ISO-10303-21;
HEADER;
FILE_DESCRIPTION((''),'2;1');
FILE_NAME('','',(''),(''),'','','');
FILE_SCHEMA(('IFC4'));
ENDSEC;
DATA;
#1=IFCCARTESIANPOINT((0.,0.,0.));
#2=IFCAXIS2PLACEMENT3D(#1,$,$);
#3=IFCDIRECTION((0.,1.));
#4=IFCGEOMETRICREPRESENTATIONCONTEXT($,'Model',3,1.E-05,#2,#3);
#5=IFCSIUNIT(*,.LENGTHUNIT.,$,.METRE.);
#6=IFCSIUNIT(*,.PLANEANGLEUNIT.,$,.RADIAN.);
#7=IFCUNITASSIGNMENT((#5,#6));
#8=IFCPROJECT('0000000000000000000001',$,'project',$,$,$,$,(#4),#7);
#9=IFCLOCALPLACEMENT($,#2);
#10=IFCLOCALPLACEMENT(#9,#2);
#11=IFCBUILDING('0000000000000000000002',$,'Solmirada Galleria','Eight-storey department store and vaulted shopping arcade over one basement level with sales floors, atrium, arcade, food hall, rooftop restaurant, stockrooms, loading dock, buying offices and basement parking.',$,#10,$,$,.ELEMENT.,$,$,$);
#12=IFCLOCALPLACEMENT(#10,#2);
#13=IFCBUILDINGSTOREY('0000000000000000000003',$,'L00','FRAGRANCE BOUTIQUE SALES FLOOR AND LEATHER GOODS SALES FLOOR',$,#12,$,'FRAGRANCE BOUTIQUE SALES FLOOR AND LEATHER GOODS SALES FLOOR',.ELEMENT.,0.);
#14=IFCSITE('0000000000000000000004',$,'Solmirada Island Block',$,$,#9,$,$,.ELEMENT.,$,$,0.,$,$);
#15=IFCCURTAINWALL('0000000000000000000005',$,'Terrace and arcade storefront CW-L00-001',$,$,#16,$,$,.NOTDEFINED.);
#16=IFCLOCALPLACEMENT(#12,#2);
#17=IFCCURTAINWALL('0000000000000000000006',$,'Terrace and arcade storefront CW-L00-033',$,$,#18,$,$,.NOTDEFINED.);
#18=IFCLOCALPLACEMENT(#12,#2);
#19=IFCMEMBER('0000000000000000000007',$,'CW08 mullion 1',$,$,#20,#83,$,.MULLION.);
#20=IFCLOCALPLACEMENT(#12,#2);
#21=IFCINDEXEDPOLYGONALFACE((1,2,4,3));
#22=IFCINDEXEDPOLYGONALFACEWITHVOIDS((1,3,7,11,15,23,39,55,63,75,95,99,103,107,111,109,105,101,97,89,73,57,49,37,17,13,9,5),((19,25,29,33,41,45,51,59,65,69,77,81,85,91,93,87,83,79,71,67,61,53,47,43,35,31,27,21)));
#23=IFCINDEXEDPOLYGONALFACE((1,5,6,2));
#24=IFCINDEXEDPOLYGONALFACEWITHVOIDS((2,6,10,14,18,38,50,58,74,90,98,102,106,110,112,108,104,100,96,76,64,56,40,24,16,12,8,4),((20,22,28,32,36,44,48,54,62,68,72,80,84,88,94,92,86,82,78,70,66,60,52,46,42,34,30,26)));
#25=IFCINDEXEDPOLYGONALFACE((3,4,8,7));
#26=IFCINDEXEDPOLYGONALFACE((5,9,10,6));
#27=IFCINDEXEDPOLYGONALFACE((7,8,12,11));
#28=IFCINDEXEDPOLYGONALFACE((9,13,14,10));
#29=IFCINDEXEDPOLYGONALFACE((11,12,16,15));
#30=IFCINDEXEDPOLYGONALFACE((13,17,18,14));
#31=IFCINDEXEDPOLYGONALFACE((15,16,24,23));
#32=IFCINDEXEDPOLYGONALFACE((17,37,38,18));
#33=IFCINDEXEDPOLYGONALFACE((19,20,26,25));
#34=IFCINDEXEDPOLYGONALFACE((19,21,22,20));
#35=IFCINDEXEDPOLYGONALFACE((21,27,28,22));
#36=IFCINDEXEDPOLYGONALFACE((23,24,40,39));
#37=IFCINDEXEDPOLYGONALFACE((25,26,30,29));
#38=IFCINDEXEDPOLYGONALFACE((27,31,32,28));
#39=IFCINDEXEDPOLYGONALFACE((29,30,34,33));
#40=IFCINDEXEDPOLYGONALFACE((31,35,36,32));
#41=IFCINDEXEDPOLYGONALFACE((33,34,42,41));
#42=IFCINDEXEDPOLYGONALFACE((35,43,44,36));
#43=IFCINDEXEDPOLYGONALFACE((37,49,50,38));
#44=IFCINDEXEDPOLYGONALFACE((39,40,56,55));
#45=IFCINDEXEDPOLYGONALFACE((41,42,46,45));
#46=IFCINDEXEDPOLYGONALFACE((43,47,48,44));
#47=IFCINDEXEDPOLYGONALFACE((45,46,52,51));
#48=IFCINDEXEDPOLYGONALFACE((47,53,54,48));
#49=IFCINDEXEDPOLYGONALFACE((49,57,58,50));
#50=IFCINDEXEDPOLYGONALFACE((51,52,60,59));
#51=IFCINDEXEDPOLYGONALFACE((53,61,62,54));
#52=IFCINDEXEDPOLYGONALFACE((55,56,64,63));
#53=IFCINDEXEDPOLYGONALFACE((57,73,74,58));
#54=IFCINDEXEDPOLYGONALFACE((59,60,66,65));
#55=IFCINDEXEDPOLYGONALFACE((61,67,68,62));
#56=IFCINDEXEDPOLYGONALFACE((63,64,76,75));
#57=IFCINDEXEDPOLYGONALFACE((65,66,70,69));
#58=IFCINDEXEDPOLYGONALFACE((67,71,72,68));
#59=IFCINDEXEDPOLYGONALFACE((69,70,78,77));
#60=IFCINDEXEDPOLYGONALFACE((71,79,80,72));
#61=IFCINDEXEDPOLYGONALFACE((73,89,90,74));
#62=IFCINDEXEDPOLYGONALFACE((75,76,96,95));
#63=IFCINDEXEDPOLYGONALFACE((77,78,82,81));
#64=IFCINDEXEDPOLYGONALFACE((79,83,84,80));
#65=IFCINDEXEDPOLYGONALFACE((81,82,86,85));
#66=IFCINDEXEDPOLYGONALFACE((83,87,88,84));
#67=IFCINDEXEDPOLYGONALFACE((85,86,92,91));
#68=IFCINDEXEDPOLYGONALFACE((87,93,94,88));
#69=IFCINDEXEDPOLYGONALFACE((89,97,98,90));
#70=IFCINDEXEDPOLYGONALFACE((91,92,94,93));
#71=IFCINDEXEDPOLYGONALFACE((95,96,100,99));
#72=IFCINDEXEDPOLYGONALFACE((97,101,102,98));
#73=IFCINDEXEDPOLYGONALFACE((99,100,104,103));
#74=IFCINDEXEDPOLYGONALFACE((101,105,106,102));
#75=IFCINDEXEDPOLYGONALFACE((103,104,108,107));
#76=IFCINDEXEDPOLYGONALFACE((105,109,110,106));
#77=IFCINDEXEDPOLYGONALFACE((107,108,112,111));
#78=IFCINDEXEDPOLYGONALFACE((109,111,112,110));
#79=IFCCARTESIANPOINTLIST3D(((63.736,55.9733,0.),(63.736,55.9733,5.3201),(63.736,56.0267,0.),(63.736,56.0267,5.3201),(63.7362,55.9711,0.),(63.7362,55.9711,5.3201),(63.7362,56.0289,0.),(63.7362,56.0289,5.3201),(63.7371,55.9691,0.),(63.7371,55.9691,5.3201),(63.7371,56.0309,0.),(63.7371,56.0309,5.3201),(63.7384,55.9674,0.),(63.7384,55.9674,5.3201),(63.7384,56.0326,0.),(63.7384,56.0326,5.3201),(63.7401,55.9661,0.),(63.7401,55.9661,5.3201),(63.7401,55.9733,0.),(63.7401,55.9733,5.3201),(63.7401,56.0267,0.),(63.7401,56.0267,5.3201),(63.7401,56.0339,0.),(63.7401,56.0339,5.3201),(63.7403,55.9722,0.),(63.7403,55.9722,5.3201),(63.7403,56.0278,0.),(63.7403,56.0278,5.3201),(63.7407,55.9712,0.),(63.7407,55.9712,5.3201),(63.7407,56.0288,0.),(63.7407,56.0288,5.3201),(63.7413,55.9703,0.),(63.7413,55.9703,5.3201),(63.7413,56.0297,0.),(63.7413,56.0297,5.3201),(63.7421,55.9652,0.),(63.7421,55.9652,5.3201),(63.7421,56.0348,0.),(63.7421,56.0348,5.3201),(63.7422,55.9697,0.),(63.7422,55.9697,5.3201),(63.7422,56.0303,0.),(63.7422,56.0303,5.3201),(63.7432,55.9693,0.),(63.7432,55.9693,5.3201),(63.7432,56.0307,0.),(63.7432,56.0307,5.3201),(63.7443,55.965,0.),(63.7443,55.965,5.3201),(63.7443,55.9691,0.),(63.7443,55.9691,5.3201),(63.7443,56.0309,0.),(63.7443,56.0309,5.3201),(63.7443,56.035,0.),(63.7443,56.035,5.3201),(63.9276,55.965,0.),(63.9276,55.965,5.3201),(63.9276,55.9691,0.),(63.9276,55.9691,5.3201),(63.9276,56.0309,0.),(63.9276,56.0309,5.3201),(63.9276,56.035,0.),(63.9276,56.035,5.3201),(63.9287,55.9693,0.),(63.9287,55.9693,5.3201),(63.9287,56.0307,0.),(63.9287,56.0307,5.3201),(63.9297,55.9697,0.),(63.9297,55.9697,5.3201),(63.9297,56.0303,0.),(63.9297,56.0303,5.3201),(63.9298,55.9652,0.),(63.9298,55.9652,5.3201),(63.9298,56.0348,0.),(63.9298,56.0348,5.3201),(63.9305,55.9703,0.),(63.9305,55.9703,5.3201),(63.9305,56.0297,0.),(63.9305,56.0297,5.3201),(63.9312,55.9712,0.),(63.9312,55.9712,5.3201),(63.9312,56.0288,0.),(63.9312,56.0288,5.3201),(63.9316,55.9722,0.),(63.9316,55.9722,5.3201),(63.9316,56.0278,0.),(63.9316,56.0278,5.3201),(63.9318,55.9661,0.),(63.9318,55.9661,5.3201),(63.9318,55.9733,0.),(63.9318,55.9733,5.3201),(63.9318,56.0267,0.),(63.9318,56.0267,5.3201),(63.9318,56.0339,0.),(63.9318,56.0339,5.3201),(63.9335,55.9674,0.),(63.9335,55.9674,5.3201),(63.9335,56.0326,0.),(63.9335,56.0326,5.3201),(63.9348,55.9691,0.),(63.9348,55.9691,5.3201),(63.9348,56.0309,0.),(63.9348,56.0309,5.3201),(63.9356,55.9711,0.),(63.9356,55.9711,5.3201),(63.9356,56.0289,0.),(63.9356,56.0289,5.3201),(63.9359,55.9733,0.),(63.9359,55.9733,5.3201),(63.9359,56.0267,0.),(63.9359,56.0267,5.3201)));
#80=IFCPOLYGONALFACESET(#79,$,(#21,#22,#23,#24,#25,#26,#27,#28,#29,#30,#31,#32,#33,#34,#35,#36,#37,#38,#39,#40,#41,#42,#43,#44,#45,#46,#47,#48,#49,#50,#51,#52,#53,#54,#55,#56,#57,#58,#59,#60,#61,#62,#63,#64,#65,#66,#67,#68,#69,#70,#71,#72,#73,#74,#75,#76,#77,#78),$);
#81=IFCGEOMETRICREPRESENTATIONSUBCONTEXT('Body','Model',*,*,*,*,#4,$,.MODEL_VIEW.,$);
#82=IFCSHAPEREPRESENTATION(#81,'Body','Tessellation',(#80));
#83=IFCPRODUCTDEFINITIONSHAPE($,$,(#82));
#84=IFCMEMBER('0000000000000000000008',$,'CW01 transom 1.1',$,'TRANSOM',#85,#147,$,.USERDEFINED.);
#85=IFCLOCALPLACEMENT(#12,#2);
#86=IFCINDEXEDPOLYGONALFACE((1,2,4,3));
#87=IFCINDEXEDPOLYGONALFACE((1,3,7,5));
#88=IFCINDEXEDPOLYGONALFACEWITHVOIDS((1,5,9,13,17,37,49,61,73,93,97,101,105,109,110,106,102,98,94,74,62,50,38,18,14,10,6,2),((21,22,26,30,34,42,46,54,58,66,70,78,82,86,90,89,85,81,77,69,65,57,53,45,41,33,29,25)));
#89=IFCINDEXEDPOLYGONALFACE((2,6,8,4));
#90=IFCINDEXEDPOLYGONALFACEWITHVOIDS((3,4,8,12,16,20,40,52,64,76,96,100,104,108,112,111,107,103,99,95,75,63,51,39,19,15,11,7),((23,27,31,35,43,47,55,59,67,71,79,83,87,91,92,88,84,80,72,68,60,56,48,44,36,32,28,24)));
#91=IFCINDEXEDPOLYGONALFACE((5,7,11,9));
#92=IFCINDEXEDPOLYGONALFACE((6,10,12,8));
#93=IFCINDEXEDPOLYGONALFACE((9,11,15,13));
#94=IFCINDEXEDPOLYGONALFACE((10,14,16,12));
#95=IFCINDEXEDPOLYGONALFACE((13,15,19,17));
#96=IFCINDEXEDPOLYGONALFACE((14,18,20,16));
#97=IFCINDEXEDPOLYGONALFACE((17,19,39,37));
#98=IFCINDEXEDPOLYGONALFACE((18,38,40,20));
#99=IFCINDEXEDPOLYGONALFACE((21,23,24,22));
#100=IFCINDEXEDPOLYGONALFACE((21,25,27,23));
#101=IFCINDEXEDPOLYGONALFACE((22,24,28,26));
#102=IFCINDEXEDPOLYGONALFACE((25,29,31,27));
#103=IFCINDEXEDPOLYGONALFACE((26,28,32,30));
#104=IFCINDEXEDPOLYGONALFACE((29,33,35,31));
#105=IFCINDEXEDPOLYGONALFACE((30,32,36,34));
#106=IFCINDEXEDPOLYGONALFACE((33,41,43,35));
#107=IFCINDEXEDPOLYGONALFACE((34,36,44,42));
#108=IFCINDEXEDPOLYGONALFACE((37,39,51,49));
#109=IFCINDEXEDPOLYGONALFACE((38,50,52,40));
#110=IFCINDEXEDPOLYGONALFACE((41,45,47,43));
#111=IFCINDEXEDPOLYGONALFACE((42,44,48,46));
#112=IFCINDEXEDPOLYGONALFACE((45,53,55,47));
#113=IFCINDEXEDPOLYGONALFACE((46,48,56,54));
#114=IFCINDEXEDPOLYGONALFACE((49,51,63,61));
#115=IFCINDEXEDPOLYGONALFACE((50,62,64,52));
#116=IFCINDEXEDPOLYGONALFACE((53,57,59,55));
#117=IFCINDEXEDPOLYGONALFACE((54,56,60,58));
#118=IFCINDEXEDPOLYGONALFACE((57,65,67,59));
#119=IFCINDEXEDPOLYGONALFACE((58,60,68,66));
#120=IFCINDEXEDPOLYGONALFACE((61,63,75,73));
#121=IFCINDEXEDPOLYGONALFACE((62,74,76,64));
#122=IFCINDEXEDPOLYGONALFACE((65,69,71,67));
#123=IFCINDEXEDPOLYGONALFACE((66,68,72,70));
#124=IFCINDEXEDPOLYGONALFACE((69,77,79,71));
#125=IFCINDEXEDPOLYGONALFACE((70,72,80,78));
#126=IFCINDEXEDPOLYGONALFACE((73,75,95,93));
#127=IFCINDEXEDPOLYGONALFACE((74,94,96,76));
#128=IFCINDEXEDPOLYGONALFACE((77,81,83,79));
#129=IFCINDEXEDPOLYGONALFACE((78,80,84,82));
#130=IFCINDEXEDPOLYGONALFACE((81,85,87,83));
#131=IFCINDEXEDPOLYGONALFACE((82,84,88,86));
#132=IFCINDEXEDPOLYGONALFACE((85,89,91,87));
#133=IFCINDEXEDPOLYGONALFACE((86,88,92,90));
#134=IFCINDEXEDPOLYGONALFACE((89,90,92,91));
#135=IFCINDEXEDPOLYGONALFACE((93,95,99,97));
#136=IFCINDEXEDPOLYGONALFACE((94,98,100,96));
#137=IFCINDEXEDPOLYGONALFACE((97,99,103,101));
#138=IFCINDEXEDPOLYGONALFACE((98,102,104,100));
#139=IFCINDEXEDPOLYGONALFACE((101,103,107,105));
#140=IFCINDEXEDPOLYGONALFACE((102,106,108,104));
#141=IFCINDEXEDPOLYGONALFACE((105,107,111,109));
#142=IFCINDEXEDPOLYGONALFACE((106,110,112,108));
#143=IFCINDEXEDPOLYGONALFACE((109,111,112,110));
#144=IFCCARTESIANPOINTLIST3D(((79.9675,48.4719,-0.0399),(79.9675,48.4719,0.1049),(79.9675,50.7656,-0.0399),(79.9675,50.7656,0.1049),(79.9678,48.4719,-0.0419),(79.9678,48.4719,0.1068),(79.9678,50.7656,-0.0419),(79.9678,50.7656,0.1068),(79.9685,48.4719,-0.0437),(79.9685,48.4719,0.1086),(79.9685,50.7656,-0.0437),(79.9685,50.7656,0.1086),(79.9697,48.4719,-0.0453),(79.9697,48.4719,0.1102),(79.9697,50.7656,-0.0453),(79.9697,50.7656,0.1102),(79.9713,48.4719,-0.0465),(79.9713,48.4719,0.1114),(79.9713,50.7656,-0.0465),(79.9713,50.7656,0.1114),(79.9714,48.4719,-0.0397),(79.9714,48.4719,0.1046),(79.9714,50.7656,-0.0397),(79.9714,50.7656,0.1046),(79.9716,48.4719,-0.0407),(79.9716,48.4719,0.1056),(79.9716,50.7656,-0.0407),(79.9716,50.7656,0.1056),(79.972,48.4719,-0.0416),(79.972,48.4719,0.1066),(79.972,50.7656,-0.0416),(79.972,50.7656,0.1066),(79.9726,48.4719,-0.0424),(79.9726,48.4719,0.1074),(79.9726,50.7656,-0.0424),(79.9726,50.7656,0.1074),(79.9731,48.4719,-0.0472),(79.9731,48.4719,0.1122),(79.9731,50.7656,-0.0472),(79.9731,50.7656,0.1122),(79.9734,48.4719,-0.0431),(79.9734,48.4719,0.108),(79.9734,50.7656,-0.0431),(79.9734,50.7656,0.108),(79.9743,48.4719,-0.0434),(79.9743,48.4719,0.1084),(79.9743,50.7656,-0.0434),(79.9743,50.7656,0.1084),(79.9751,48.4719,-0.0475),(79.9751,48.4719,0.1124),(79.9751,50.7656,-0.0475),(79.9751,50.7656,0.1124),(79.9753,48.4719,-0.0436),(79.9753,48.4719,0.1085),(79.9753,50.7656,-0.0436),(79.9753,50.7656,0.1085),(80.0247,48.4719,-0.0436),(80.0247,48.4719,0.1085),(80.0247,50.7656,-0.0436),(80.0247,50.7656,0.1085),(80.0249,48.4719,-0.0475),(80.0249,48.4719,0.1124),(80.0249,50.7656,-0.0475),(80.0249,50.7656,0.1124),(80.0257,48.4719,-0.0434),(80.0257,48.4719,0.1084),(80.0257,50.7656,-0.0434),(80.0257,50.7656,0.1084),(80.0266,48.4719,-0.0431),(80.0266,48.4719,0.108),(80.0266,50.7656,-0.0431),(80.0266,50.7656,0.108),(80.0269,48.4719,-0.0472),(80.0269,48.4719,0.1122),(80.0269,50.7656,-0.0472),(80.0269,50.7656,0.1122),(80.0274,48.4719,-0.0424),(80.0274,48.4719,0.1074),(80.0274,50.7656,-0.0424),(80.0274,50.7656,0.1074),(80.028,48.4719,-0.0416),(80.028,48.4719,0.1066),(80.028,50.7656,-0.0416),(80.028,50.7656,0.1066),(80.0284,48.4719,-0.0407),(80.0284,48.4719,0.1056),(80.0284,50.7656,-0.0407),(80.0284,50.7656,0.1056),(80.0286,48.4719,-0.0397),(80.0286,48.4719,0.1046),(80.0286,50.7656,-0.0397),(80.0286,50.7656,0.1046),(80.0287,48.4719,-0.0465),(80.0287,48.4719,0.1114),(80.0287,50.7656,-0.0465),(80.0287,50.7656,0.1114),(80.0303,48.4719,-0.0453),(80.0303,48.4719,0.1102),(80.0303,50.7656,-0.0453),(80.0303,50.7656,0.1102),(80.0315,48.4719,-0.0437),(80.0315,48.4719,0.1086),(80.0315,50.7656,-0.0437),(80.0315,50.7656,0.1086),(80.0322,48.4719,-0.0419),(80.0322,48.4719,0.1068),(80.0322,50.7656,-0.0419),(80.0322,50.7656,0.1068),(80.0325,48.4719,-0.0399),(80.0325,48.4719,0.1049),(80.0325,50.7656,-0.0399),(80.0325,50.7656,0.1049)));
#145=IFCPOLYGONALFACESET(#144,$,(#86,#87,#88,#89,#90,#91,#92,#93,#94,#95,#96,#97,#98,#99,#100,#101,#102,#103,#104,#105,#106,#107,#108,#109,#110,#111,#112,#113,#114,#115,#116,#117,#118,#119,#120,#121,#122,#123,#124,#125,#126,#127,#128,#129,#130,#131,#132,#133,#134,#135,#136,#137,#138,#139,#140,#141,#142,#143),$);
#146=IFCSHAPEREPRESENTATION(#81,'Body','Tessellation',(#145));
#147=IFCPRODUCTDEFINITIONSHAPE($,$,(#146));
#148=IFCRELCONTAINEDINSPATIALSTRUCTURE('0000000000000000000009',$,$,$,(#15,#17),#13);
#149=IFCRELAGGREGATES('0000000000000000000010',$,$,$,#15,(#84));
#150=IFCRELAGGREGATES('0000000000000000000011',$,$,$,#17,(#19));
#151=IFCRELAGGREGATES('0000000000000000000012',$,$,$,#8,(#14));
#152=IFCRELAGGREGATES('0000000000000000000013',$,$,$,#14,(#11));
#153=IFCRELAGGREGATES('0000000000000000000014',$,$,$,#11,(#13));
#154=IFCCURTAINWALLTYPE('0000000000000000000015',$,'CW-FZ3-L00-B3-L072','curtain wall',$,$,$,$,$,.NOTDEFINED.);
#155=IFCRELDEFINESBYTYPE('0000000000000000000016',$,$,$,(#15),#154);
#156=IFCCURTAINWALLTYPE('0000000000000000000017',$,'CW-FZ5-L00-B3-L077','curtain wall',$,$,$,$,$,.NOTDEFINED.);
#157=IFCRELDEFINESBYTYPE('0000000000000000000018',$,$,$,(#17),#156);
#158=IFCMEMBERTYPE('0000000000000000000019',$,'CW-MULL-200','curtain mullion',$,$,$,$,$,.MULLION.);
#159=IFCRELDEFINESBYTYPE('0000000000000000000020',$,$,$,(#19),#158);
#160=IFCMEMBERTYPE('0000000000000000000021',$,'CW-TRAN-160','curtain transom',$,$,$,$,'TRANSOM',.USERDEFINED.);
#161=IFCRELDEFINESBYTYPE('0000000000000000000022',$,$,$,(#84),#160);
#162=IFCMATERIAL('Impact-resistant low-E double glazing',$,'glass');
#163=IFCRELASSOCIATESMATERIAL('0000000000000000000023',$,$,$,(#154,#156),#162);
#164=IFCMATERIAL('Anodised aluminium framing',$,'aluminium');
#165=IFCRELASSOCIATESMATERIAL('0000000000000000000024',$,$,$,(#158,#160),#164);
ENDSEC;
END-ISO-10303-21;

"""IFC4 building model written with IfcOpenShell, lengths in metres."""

from ifc_helpers import new_model, si_unit, direction, frame, origin, origin_2d, place, context, subcontext, project, spatial, hollow_rectangle, extrude, material, material_profile, profile_set, type_object, element, aggregate, save


model = new_model("IFC4")

# Units and contexts
model_context = context("Model", 3, precision=1e-05, world=origin(), true_north=direction((0.0, 1.0)))
body_context = subcontext(model_context, "Body", "Model", "MODEL_VIEW")
ifc_project = project(units=[si_unit("LENGTHUNIT", "METRE"), si_unit("PLANEANGLEUNIT", "RADIAN")], contexts=[model_context])

# Site, building, storey
site_placement = place(None, origin())
site = spatial("IfcSite", under=ifc_project, at=site_placement, Name="Solmirada Island Block", CompositionType="ELEMENT", RefElevation=0.0)
building_placement = place(site_placement, origin())
building = spatial("IfcBuilding", under=site, at=building_placement, Name="Solmirada Galleria", Description="Eight-storey department store and vaulted shopping arcade over one basement level with sales floors, atrium, arcade, food hall, rooftop restaurant, stockrooms, loading dock, buying offices and basement parking.", CompositionType="ELEMENT")
storey_placement = place(building_placement, origin())
storey = spatial("IfcBuildingStorey", under=building, at=storey_placement, Name="L00", Description="FRAGRANCE BOUTIQUE SALES FLOOR AND LEATHER GOODS SALES FLOOR", LongName="FRAGRANCE BOUTIQUE SALES FLOOR AND LEATHER GOODS SALES FLOOR", CompositionType="ELEMENT", Elevation=0.0)

# Curtain walls, member
ifc_material_1 = material(Name="Impact-resistant low-E double glazing", Category="glass")
curtain_wall_type_1 = type_object("IfcCurtainWallType", Name="CW-FZ3-L00-B3-L072", Description="curtain wall", PredefinedType="NOTDEFINED", material=ifc_material_1)
curtain_wall_1_placement = place(storey_placement, origin())
curtain_wall_1 = element("IfcCurtainWall", 1, at=curtain_wall_1_placement, inside=storey, type_object=curtain_wall_type_1, Name="Terrace and arcade storefront CW-L00-001", PredefinedType="NOTDEFINED")
ifc_material_2 = material(Name="Anodised aluminium framing", Category="aluminium")
ifc_material_profile_1 = material_profile(ifc_material_2, hollow_rectangle(XDim=0.0701, YDim=0.2, WallThickness=0.0042, InnerFilletRadius=0.0042, OuterFilletRadius=0.0083, at=origin_2d()), Name="ALU-MULL-200X70")
ifc_profile_set_1 = profile_set([ifc_material_profile_1], Name="Anodised aluminium framing")
member_type_1 = type_object("IfcMemberType", Name="CW-MULL-200", Description="curtain mullion", PredefinedType="MULLION", material=ifc_profile_set_1)
curtain_wall_type_2 = type_object("IfcCurtainWallType", Name="CW-FZ5-L00-B3-L077", Description="curtain wall", PredefinedType="NOTDEFINED", material=ifc_material_1)
curtain_wall_2_placement = place(storey_placement, origin())
curtain_wall_2 = element("IfcCurtainWall", 2, at=curtain_wall_2_placement, inside=storey, type_object=curtain_wall_type_2, Name="Terrace and arcade storefront CW-L00-033", PredefinedType="NOTDEFINED")
member_1_placement = place(storey_placement, frame((63.8359, 56.0, 0.0), z_axis=(0.0, 0.0, 1.0), x_axis=(0.0, -1.0, 0.0)))
member_1 = element("IfcMember", 3, at=member_1_placement, type_object=member_type_1, Name="CW08 mullion 1", PredefinedType="MULLION", context=body_context, shape_type="SweptSolid", body=[
    extrude(hollow_rectangle(XDim=0.0701, YDim=0.2, WallThickness=0.0042, InnerFilletRadius=0.0042, OuterFilletRadius=0.0083, at=origin_2d()), origin(), (0.0, 0.0, 1.0), 5.3201),
])

# Member
ifc_material_profile_2 = material_profile(ifc_material_2, hollow_rectangle(XDim=0.0649, YDim=0.1599, WallThickness=0.0039, InnerFilletRadius=0.0039, OuterFilletRadius=0.0076, at=origin_2d()), Name="ALU-TRAN-160X65")
ifc_profile_set_2 = profile_set([ifc_material_profile_2], Name="Anodised aluminium framing")
member_type_2 = type_object("IfcMemberType", Name="CW-TRAN-160", Description="curtain transom", ElementType="TRANSOM", PredefinedType="USERDEFINED", material=ifc_profile_set_2)
member_2_placement = place(storey_placement, frame((80.0, 48.4719, 0.0325), z_axis=(0.0, 1.0, 0.0), x_axis=(-1.0, 0.0, 0.0)))
member_2 = element("IfcMember", 4, at=member_2_placement, type_object=member_type_2, Name="CW01 transom 1.1", ObjectType="TRANSOM", PredefinedType="USERDEFINED", context=body_context, shape_type="SweptSolid", body=[
    extrude(hollow_rectangle(XDim=0.0649, YDim=0.1599, WallThickness=0.0039, InnerFilletRadius=0.0039, OuterFilletRadius=0.0076, at=origin_2d()), origin(), (0.0, 0.0, 1.0), 2.2937),
])
aggregate(curtain_wall_1, [member_2])
aggregate(curtain_wall_2, [member_1])

save(model, "model.ifc")
